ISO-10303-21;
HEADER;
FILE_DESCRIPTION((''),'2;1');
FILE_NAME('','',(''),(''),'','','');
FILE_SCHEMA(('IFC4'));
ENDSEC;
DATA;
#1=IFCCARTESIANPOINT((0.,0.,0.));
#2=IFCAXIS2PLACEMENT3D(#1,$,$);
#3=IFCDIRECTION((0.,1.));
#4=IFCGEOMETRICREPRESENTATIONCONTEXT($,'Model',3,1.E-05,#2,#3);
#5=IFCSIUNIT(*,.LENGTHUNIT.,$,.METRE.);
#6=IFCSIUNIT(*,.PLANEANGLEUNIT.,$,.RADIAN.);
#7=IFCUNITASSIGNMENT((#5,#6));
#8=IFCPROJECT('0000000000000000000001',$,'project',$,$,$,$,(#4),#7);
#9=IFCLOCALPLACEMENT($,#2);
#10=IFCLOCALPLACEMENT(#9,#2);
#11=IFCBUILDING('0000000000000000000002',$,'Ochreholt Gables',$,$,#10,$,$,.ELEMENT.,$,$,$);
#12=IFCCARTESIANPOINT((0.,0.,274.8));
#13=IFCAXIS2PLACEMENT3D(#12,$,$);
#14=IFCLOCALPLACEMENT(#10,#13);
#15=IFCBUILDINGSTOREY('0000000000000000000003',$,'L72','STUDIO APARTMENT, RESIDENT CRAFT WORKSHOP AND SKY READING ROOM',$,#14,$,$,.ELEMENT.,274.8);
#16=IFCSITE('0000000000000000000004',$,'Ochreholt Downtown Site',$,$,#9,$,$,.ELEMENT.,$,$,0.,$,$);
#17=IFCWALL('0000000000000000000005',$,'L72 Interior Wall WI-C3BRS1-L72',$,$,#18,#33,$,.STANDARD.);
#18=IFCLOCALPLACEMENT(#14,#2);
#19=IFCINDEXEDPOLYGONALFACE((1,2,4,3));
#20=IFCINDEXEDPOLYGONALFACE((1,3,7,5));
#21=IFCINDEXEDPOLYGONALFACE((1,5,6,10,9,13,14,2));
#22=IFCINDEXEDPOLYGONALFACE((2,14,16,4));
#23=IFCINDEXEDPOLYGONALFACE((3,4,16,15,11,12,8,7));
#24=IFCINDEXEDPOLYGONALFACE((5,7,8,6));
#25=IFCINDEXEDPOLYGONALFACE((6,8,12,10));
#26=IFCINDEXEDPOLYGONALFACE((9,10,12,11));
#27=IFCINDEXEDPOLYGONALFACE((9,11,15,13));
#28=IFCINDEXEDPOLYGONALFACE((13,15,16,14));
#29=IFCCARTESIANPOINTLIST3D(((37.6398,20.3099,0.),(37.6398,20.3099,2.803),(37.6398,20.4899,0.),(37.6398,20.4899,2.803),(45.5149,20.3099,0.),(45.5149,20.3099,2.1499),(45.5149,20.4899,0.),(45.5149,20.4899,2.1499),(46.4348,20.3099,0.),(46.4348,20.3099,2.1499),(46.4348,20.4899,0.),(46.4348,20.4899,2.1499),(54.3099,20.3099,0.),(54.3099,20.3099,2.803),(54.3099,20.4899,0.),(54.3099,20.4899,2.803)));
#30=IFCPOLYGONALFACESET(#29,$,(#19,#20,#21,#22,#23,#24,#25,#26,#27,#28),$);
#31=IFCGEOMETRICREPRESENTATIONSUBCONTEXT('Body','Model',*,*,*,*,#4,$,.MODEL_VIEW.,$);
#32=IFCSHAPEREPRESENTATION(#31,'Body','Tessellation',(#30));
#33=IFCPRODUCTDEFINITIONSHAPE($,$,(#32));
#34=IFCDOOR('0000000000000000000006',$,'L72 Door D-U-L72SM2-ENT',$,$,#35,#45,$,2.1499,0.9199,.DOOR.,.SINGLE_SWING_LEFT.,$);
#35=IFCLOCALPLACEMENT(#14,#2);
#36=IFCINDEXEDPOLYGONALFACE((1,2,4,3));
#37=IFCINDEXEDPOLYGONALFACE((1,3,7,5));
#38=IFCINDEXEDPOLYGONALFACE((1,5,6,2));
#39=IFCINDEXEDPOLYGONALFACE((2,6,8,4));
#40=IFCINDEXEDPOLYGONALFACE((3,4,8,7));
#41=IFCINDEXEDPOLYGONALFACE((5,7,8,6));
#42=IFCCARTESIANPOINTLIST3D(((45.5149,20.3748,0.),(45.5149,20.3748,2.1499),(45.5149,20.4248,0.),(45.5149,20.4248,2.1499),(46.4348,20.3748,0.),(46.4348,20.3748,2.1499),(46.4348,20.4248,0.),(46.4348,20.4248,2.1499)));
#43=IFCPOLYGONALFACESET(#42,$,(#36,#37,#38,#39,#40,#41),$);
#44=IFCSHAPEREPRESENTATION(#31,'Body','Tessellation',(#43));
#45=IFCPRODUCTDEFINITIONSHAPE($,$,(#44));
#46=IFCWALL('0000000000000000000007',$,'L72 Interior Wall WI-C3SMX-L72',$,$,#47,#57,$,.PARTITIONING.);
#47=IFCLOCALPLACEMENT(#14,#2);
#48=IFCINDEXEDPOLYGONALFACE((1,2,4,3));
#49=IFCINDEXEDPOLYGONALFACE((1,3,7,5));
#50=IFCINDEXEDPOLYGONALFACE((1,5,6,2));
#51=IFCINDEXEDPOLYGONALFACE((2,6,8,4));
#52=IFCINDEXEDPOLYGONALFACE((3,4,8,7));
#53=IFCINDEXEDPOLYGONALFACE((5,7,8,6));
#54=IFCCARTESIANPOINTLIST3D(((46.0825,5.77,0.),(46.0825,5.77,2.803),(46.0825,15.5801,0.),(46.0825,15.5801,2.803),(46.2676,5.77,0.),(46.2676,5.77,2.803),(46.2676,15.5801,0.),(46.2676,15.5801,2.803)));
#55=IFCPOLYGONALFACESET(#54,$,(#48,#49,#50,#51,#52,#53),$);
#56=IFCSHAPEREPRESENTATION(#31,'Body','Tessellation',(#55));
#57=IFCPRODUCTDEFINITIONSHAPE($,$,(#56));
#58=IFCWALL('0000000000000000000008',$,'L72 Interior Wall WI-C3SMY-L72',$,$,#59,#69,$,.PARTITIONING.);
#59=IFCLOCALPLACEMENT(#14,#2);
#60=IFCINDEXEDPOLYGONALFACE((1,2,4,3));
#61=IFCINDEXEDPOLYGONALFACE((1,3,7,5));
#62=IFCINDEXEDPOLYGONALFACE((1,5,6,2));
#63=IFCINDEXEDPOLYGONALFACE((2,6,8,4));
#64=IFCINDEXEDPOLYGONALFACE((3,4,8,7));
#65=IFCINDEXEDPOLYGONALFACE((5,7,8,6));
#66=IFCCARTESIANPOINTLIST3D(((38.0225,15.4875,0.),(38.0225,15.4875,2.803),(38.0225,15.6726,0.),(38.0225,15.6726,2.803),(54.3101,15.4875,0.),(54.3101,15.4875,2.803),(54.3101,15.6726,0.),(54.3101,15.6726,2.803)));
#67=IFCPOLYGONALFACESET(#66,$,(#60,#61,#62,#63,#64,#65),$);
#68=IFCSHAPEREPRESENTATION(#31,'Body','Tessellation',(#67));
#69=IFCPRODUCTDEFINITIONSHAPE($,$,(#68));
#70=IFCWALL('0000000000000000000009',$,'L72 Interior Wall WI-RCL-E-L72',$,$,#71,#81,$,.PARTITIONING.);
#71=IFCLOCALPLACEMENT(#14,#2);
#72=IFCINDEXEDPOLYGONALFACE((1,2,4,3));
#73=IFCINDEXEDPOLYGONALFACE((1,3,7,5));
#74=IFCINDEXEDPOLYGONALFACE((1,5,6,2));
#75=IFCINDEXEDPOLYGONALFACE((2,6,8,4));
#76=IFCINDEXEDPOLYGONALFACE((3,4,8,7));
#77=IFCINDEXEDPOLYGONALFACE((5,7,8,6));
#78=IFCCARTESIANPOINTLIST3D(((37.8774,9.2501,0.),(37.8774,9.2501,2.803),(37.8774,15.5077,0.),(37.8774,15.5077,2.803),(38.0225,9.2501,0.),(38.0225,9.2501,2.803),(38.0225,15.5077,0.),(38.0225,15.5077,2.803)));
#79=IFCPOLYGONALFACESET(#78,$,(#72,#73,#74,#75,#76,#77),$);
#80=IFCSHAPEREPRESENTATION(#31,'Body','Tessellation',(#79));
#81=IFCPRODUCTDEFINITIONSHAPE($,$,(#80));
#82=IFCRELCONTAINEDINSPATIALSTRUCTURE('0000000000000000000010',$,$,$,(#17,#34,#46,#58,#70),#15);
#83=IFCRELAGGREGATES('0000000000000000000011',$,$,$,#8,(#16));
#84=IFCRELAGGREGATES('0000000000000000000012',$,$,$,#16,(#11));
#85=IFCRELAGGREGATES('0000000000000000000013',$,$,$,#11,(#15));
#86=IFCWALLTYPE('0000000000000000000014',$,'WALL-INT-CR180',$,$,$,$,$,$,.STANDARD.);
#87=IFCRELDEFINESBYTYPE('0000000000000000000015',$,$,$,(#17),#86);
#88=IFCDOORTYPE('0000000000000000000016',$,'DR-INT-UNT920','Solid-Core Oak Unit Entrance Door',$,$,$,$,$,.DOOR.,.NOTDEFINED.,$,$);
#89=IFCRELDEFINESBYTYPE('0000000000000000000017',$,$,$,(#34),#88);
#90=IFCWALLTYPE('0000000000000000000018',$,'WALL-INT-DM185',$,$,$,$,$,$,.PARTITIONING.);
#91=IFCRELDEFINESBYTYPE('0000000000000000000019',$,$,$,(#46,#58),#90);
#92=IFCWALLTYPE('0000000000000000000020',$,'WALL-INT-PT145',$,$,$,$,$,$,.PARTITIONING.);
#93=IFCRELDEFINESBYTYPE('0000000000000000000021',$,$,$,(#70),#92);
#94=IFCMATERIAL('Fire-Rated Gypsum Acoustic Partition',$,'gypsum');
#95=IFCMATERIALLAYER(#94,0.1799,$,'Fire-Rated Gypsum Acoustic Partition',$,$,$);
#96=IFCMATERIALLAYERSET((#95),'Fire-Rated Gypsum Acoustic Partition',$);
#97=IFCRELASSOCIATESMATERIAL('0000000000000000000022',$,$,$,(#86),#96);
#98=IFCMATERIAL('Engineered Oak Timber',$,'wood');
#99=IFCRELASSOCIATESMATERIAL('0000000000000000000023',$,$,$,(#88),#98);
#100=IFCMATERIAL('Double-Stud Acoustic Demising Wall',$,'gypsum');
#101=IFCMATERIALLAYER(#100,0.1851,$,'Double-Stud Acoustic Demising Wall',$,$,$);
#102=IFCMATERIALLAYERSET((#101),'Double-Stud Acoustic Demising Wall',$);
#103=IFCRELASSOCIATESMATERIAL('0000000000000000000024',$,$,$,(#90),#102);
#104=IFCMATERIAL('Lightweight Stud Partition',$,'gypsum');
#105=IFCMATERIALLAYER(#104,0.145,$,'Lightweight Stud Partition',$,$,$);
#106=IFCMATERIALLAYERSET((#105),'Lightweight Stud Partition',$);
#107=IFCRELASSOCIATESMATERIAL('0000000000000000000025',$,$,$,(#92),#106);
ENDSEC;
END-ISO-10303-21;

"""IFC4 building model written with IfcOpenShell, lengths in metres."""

from ifc_helpers import new_model, si_unit, direction, frame, frame_2d, origin, place, context, subcontext, project, spatial, rectangle, extrude, material, layer, layer_set, type_object, element, fill, save


model = new_model("IFC4")

# Units and contexts
model_context = context("Model", 3, precision=1e-05, world=origin(), true_north=direction((0.0, 1.0)))
body_context = subcontext(model_context, "Body", "Model", "MODEL_VIEW")
ifc_project = project(units=[si_unit("LENGTHUNIT", "METRE"), si_unit("PLANEANGLEUNIT", "RADIAN")], contexts=[model_context])

# Site, building, storey
site_placement = place(None, origin())
site = spatial("IfcSite", under=ifc_project, at=site_placement, Name="Ochreholt Downtown Site", CompositionType="ELEMENT", RefElevation=0.0)
building_placement = place(site_placement, origin())
building = spatial("IfcBuilding", under=site, at=building_placement, Name="Ochreholt Gables", CompositionType="ELEMENT")
storey_placement = place(building_placement, frame((0.0, 0.0, 274.8)))
storey = spatial("IfcBuildingStorey", under=building, at=storey_placement, Name="L72", Description="STUDIO APARTMENT, RESIDENT CRAFT WORKSHOP AND SKY READING ROOM", CompositionType="ELEMENT", Elevation=274.8)

# Shared definitions
ifc_material_1 = material(Name="Fire-Rated Gypsum Acoustic Partition", Category="gypsum")
ifc_layer_1 = layer(ifc_material_1, 0.1799, Name="Fire-Rated Gypsum Acoustic Partition")
ifc_layer_set_1 = layer_set([ifc_layer_1], Name="Fire-Rated Gypsum Acoustic Partition")
wall_type_1 = type_object("IfcWallType", Name="WALL-INT-CR180", PredefinedType="STANDARD", material=ifc_layer_set_1)

# Wall, opening, door
wall_1_placement = place(storey_placement, frame((37.6399, 20.3999, 0.0), z_axis=(0.0, 0.0, 1.0), x_axis=(1.0, 0.0, 0.0)))
wall_1 = element("IfcWall", 1, at=wall_1_placement, inside=storey, type_object=wall_type_1, Name="L72 Interior Wall WI-C3BRS1-L72", PredefinedType="STANDARD", context=body_context, shape_type="SweptSolid", body=[
    extrude(rectangle(XDim=16.6702, YDim=0.1799, at=frame_2d((8.335, 0.0))), origin(), (0.0, 0.0, 1.0), 2.803),
])
opening_placement = place(wall_1_placement, frame((7.875, 0.0, 0.0)))
opening = element("IfcOpeningElement", 2, at=opening_placement, cuts=wall_1, PredefinedType="OPENING", context=body_context, shape_type="SweptSolid", body=[
    extrude(rectangle(XDim=0.9199, YDim=2.1499, at=frame_2d((0.46, 1.075))), frame((0.0, 0.0999, 0.0), z_axis=(0.0, -1.0, 0.0), x_axis=(1.0, 0.0, 0.0)), (0.0, 0.0, 1.0), 0.2),
])
ifc_material_2 = material(Name="Engineered Oak Timber", Category="wood")
door_type = type_object("IfcDoorType", Name="DR-INT-UNT920", Description="Solid-Core Oak Unit Entrance Door", OperationType="NOTDEFINED", PredefinedType="DOOR", material=ifc_material_2)
door_placement = place(opening_placement, origin())
door = element("IfcDoor", 3, at=door_placement, inside=storey, type_object=door_type, Name="L72 Door D-U-L72SM2-ENT", OperationType="SINGLE_SWING_LEFT", OverallHeight=2.1499, OverallWidth=0.9199, PredefinedType="DOOR", context=body_context, shape_type="SweptSolid", body=[
    extrude(rectangle(XDim=0.9199, YDim=2.1499, at=frame_2d((0.46, 1.075))), frame((0.0, 0.0249, 0.0), z_axis=(0.0, -1.0, 0.0), x_axis=(1.0, 0.0, 0.0)), (0.0, 0.0, 1.0), 0.05),
])
fill(opening, door)

# Walls
ifc_material_3 = material(Name="Double-Stud Acoustic Demising Wall", Category="gypsum")
ifc_layer_2 = layer(ifc_material_3, 0.1851, Name="Double-Stud Acoustic Demising Wall")
ifc_layer_set_2 = layer_set([ifc_layer_2], Name="Double-Stud Acoustic Demising Wall")
wall_type_2 = type_object("IfcWallType", Name="WALL-INT-DM185", PredefinedType="PARTITIONING", material=ifc_layer_set_2)
wall_2_placement = place(storey_placement, frame((46.175, 5.77, 0.0), z_axis=(0.0, 0.0, 1.0), x_axis=(0.0, 1.0, 0.0)))
element("IfcWall", 4, at=wall_2_placement, inside=storey, type_object=wall_type_2, Name="L72 Interior Wall WI-C3SMX-L72", PredefinedType="PARTITIONING", context=body_context, shape_type="SweptSolid", body=[
    extrude(rectangle(XDim=9.8101, YDim=0.1851, at=frame_2d((4.905, 0.0))), origin(), (0.0, 0.0, 1.0), 2.803),
])
wall_3_placement = place(storey_placement, frame((38.0225, 15.5801, 0.0), z_axis=(0.0, 0.0, 1.0), x_axis=(1.0, 0.0, 0.0)))
element("IfcWall", 5, at=wall_3_placement, inside=storey, type_object=wall_type_2, Name="L72 Interior Wall WI-C3SMY-L72", PredefinedType="PARTITIONING", context=body_context, shape_type="SweptSolid", body=[
    extrude(rectangle(XDim=16.2876, YDim=0.1851, at=frame_2d((8.1438, 0.0))), origin(), (0.0, 0.0, 1.0), 2.803),
])
ifc_material_4 = material(Name="Lightweight Stud Partition", Category="gypsum")
ifc_layer_3 = layer(ifc_material_4, 0.145, Name="Lightweight Stud Partition")
ifc_layer_set_3 = layer_set([ifc_layer_3], Name="Lightweight Stud Partition")
wall_type_3 = type_object("IfcWallType", Name="WALL-INT-PT145", PredefinedType="PARTITIONING", material=ifc_layer_set_3)
wall_4_placement = place(storey_placement, frame((37.95, 9.25, 0.0), z_axis=(0.0, 0.0, 1.0), x_axis=(0.0, 1.0, 0.0)))
element("IfcWall", 6, at=wall_4_placement, inside=storey, type_object=wall_type_3, Name="L72 Interior Wall WI-RCL-E-L72", PredefinedType="PARTITIONING", context=body_context, shape_type="SweptSolid", body=[
    extrude(rectangle(XDim=6.2576, YDim=0.145, at=frame_2d((3.1289, 0.0))), origin(), (0.0, 0.0, 1.0), 2.803),
])

save(model, "model.ifc")
